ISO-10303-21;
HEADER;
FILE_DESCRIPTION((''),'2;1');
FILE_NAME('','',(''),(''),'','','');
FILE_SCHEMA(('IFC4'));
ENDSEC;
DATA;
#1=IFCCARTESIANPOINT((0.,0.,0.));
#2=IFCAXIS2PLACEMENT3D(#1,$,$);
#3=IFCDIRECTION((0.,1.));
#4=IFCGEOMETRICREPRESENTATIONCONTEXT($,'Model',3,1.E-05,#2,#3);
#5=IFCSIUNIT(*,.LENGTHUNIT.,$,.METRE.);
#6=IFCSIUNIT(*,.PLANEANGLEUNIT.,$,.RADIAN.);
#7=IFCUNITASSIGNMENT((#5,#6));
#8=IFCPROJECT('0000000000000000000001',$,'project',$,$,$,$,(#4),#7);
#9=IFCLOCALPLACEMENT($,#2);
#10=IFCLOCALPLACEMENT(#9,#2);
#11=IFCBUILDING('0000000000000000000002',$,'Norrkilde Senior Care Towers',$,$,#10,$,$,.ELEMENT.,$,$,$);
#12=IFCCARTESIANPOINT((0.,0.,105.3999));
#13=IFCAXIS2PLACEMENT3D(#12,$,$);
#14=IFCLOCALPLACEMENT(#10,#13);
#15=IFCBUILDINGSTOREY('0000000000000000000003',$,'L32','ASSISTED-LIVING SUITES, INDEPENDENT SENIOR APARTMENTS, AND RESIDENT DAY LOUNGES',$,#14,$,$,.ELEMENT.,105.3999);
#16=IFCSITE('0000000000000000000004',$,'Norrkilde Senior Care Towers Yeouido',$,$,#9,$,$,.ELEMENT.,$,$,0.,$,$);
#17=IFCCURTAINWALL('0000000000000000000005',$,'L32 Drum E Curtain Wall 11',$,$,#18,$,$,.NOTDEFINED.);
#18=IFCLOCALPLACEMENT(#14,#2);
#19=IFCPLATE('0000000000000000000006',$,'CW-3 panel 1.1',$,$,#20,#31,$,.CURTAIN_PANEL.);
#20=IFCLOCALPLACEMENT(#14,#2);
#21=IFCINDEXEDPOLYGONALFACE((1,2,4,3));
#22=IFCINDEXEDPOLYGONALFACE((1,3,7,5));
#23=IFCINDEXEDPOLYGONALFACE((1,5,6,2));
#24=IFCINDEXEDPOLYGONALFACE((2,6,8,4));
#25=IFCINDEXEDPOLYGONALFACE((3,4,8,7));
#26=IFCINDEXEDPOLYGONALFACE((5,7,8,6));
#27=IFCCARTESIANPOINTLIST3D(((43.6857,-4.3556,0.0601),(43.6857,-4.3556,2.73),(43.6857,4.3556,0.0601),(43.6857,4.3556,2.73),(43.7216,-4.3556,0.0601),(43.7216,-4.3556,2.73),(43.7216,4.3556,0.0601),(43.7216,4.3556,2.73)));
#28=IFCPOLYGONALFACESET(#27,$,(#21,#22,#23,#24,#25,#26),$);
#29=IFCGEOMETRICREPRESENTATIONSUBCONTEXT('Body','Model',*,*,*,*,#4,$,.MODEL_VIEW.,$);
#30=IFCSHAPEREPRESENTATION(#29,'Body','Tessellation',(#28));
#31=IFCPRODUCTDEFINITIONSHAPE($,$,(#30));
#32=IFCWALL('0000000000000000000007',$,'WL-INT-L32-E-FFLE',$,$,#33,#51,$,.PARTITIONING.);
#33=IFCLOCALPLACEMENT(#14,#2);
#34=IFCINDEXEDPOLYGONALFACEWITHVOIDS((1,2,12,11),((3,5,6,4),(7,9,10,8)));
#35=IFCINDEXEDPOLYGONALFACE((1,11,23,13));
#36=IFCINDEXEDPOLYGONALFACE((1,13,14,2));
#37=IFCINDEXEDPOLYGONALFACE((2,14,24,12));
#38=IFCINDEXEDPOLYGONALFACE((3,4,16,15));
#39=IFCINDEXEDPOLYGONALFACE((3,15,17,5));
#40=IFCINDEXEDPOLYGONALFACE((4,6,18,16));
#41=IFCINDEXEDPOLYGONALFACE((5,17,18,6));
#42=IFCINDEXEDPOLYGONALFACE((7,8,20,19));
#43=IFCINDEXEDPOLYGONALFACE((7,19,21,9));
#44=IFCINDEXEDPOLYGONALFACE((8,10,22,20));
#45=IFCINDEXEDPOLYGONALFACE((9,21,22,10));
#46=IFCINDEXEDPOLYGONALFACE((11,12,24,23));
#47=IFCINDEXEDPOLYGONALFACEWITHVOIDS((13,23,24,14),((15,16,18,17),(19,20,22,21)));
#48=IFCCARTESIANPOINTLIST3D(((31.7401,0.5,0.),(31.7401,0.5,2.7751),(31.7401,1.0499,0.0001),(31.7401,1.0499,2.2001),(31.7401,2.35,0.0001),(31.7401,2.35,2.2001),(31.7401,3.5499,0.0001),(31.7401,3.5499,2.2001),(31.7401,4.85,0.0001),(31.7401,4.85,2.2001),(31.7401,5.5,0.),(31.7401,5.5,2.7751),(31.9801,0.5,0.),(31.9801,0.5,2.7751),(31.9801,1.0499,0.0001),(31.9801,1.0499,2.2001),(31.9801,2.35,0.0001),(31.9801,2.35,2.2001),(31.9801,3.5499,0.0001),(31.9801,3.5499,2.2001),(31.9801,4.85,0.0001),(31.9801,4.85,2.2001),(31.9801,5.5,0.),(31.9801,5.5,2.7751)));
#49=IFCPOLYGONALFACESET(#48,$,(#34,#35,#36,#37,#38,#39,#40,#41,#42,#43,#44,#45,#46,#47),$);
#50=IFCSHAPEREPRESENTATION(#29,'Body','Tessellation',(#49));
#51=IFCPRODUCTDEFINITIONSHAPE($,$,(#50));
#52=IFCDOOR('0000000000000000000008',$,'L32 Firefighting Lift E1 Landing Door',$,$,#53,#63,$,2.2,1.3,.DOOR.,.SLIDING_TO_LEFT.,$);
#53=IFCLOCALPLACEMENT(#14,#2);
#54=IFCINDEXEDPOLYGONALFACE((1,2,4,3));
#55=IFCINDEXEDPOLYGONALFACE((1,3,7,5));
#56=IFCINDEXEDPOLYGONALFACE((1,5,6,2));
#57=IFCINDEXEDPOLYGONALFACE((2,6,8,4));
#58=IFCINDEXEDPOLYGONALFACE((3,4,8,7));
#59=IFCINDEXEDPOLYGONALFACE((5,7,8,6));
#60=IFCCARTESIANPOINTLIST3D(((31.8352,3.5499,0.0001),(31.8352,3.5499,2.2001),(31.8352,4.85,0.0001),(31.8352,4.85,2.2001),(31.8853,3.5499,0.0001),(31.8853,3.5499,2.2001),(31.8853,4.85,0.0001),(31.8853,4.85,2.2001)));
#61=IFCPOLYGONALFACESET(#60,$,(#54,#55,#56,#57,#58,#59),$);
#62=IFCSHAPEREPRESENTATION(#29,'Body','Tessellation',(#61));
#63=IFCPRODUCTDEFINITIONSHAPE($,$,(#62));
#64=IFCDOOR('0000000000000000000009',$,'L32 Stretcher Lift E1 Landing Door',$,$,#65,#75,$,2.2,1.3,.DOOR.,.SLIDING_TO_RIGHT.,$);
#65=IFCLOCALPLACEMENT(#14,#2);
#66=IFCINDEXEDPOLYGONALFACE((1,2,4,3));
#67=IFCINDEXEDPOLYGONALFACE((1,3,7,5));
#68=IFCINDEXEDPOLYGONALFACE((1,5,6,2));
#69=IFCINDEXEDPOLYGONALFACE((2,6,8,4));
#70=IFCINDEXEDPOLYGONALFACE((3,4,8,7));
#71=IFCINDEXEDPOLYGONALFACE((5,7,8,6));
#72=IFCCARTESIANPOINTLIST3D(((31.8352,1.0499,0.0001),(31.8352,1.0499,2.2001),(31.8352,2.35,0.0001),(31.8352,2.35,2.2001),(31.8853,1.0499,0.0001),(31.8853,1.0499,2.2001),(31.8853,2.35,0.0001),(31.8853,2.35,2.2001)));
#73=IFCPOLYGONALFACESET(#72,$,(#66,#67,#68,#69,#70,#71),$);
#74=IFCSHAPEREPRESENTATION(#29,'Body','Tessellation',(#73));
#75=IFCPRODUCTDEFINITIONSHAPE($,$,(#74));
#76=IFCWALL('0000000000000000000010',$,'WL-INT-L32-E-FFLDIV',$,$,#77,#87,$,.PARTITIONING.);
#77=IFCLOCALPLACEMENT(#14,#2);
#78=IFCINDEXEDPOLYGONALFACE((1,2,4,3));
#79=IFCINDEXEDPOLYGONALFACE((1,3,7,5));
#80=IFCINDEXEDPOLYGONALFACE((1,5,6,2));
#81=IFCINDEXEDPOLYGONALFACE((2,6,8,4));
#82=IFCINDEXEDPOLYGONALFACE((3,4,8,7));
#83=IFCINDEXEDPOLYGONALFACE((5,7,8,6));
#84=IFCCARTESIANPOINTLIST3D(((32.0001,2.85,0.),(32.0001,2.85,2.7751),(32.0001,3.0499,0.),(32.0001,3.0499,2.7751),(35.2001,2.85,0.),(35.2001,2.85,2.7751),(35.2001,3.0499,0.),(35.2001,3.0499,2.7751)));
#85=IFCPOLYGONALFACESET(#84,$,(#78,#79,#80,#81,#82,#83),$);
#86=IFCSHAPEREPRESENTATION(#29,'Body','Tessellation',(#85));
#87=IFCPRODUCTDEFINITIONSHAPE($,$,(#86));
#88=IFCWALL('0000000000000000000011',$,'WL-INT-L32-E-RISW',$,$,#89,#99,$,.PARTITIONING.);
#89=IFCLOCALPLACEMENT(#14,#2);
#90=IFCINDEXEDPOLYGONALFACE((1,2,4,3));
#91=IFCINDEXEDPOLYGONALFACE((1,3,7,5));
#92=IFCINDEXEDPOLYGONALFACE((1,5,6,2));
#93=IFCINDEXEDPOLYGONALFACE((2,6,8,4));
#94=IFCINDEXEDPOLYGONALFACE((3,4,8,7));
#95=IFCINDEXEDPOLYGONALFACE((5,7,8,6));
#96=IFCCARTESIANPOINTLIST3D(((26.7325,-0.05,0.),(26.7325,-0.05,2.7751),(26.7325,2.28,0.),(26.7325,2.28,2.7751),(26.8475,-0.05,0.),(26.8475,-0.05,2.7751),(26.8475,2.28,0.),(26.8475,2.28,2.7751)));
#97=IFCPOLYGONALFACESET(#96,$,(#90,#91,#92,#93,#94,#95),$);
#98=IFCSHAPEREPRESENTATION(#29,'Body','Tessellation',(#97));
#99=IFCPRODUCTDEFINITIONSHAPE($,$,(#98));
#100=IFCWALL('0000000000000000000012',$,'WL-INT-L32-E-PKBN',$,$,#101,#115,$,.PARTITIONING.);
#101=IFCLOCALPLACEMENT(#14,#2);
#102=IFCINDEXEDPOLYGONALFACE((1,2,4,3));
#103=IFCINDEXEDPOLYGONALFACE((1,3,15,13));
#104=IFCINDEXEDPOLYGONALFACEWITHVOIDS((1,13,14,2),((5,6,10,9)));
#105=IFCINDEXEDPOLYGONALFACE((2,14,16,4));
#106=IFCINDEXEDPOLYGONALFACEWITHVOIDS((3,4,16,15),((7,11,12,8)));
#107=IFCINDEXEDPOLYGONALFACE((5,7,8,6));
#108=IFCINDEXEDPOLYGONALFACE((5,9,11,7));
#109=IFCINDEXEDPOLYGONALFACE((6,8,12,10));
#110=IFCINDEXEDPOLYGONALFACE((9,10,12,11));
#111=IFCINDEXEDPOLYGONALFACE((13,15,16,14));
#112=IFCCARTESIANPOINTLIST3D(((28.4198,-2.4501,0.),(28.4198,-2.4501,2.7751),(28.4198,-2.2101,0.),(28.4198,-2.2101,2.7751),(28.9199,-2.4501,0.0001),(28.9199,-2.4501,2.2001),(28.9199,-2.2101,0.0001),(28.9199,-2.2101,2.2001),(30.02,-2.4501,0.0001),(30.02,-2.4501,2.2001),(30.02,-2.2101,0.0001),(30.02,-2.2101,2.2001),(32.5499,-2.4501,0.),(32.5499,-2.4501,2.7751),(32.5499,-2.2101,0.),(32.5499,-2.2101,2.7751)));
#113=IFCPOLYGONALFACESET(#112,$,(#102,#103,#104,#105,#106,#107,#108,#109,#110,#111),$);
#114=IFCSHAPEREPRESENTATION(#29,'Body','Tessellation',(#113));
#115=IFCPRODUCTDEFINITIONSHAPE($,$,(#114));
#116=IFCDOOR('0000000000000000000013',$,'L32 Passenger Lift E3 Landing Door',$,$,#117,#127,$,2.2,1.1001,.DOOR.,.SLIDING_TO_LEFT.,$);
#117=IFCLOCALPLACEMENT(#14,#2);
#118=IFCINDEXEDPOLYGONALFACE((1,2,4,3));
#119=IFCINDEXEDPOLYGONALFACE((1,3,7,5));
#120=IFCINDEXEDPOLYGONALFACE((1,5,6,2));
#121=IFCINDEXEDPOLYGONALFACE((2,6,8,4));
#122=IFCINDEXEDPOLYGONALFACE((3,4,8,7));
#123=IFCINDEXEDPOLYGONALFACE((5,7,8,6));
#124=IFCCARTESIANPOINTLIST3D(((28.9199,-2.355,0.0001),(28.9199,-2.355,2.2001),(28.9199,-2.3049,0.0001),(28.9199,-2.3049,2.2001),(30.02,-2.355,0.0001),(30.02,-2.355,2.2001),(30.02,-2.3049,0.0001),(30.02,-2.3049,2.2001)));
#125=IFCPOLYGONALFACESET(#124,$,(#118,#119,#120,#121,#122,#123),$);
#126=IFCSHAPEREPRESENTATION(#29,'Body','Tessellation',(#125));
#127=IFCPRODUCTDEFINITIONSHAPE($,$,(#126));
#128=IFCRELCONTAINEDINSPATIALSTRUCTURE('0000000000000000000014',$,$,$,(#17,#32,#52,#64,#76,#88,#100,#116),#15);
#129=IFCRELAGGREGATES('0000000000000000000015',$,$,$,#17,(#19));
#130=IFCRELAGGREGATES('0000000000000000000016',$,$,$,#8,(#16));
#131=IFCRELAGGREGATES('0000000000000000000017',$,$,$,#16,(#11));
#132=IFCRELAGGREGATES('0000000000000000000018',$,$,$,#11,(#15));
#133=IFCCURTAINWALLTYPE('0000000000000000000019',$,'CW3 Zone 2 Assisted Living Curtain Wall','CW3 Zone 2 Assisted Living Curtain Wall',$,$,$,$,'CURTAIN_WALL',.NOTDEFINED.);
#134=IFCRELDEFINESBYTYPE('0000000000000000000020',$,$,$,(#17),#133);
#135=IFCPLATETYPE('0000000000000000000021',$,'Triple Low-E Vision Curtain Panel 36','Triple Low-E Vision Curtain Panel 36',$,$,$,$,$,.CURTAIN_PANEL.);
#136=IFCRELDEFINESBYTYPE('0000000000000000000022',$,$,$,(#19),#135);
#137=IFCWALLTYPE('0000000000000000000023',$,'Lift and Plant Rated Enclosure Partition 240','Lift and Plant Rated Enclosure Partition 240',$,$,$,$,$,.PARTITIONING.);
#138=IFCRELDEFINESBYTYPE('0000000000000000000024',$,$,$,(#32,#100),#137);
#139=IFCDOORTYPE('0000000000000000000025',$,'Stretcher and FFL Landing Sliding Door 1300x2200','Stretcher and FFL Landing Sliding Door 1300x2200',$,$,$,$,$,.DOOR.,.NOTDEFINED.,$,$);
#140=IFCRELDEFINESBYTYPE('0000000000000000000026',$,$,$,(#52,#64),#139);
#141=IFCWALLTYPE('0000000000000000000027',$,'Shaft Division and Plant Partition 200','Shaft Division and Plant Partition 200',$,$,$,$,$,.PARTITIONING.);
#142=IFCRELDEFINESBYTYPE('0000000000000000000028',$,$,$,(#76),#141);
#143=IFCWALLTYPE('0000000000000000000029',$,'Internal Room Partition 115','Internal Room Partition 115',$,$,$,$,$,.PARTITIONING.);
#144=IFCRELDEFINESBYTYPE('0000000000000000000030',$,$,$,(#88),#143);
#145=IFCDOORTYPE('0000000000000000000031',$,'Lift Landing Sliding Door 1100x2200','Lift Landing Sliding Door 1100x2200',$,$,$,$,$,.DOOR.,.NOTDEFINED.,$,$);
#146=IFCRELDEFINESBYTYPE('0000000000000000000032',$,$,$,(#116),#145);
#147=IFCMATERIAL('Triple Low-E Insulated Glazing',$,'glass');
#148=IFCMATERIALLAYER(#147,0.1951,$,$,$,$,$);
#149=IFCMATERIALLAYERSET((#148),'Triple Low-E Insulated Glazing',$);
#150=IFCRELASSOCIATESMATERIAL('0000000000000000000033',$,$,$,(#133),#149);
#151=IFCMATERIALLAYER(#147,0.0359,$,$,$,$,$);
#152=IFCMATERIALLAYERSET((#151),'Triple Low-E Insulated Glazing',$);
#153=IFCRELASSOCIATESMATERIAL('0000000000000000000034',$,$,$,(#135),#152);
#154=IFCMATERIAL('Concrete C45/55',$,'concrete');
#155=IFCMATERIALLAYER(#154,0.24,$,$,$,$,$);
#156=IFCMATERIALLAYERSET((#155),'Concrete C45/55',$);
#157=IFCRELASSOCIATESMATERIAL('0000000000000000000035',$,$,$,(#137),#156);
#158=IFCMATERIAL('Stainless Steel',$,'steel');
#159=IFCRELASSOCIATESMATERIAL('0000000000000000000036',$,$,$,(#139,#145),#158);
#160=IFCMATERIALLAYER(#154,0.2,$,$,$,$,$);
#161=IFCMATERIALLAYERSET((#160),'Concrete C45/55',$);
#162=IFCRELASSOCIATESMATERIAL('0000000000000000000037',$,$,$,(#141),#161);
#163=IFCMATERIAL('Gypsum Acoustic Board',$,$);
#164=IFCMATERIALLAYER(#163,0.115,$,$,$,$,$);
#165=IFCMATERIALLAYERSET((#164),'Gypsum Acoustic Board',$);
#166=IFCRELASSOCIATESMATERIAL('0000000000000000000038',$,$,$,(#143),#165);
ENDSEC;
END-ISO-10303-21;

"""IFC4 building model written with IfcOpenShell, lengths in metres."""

from ifc_helpers import new_model, si_unit, direction, frame, frame_2d, origin, origin_2d, place, context, subcontext, project, spatial, rectangle, extrude, source, transform, mapped, material, layer, layer_set, type_object, type_shapes, element, fill, aggregate, save


model = new_model("IFC4")

# Units and contexts
model_context = context("Model", 3, precision=1e-05, world=origin(), true_north=direction((0.0, 1.0)))
body_context = subcontext(model_context, "Body", "Model", "MODEL_VIEW")
ifc_project = project(units=[si_unit("LENGTHUNIT", "METRE"), si_unit("PLANEANGLEUNIT", "RADIAN")], contexts=[model_context])

# Site, building, storey
site_placement = place(None, origin())
site = spatial("IfcSite", under=ifc_project, at=site_placement, Name="Norrkilde Senior Care Towers Yeouido", CompositionType="ELEMENT", RefElevation=0.0)
building_placement = place(site_placement, origin())
building = spatial("IfcBuilding", under=site, at=building_placement, Name="Norrkilde Senior Care Towers", CompositionType="ELEMENT")
storey_placement = place(building_placement, frame((0.0, 0.0, 105.3999)))
storey = spatial("IfcBuildingStorey", under=building, at=storey_placement, Name="L32", Description="ASSISTED-LIVING SUITES, INDEPENDENT SENIOR APARTMENTS, AND RESIDENT DAY LOUNGES", CompositionType="ELEMENT", Elevation=105.3999)

# Curtain wall, plate
ifc_material_1 = material(Name="Triple Low-E Insulated Glazing", Category="glass")
ifc_layer_1 = layer(ifc_material_1, 0.1951)
ifc_layer_set_1 = layer_set([ifc_layer_1], Name="Triple Low-E Insulated Glazing")
curtain_wall_type = type_object("IfcCurtainWallType", Name="CW3 Zone 2 Assisted Living Curtain Wall", Description="CW3 Zone 2 Assisted Living Curtain Wall", ElementType="CURTAIN_WALL", PredefinedType="NOTDEFINED", material=ifc_layer_set_1)
curtain_wall_placement = place(storey_placement, origin())
curtain_wall = element("IfcCurtainWall", 1, at=curtain_wall_placement, inside=storey, type_object=curtain_wall_type, Name="L32 Drum E Curtain Wall 11", PredefinedType="NOTDEFINED")
ifc_layer_2 = layer(ifc_material_1, 0.0359)
ifc_layer_set_2 = layer_set([ifc_layer_2], Name="Triple Low-E Insulated Glazing")
plate_type = type_object("IfcPlateType", Name="Triple Low-E Vision Curtain Panel 36", Description="Triple Low-E Vision Curtain Panel 36", PredefinedType="CURTAIN_PANEL", material=ifc_layer_set_2)
shared_shape_1 = source(origin(), body_context, "Body", "SweptSolid", [
    extrude(rectangle(XDim=8.7112, YDim=0.0359, at=origin_2d()), origin(), (0.0, 0.0, 1.0), 2.6699),
])
type_shapes(plate_type, [shared_shape_1])
plate_placement = place(storey_placement, frame((43.7036, 0.0, 0.0601), z_axis=(0.0, 0.0, 1.0), x_axis=(0.0, -1.0, 0.0)))
plate = element("IfcPlate", 2, at=plate_placement, type_object=plate_type, Name="CW-3 panel 1.1", PredefinedType="CURTAIN_PANEL", context=body_context, shape_type="MappedRepresentation", body=[
    mapped(shared_shape_1, transform((0.0, 0.0, 0.0), x_axis=(1.0, 0.0, 0.0), y_axis=(0.0, 1.0, 0.0), z_axis=(0.0, 0.0, 1.0), scale=1.0)),
])
aggregate(curtain_wall, [plate])

# Wall, openings, doors
ifc_material_2 = material(Name="Concrete C45/55", Category="concrete")
ifc_layer_3 = layer(ifc_material_2, 0.24)
ifc_layer_set_3 = layer_set([ifc_layer_3], Name="Concrete C45/55")
wall_type_1 = type_object("IfcWallType", Name="Lift and Plant Rated Enclosure Partition 240", Description="Lift and Plant Rated Enclosure Partition 240", PredefinedType="PARTITIONING", material=ifc_layer_set_3)
shared_shape_2 = source(origin(), body_context, "Body", "SweptSolid", [
    extrude(rectangle(XDim=5.0, YDim=0.24, at=frame_2d((2.5, 0.0))), origin(), (0.0, 0.0, 1.0), 2.7751),
])
wall_1_placement = place(storey_placement, frame((31.8601, 0.5, 0.0), z_axis=(0.0, 0.0, 1.0), x_axis=(0.0, 1.0, 0.0)))
wall_1 = element("IfcWall", 3, at=wall_1_placement, inside=storey, type_object=wall_type_1, Name="WL-INT-L32-E-FFLE", PredefinedType="PARTITIONING", context=body_context, shape_type="MappedRepresentation", body=[
    mapped(shared_shape_2, transform((0.0, 0.0, 0.0), x_axis=(1.0, 0.0, 0.0), y_axis=(0.0, 1.0, 0.0), z_axis=(0.0, 0.0, 1.0), scale=1.0)),
])
opening_1_placement = place(wall_1_placement, frame((3.05, 0.0, 0.0)))
opening_1 = element("IfcOpeningElement", 4, at=opening_1_placement, cuts=wall_1, PredefinedType="OPENING", context=body_context, shape_type="SweptSolid", body=[
    extrude(rectangle(XDim=1.3, YDim=2.2, at=frame_2d((0.6499, 1.1001))), frame((0.0, 0.1299, 0.0), z_axis=(0.0, -1.0, 0.0), x_axis=(1.0, 0.0, 0.0)), (0.0, 0.0, 1.0), 0.26),
])
opening_2_placement = place(wall_1_placement, frame((0.55, 0.0, 0.0)))
opening_2 = element("IfcOpeningElement", 5, at=opening_2_placement, cuts=wall_1, PredefinedType="OPENING", context=body_context, shape_type="SweptSolid", body=[
    extrude(rectangle(XDim=1.3, YDim=2.2, at=frame_2d((0.6499, 1.1001))), frame((0.0, 0.1299, 0.0), z_axis=(0.0, -1.0, 0.0), x_axis=(1.0, 0.0, 0.0)), (0.0, 0.0, 1.0), 0.26),
])
ifc_material_3 = material(Name="Stainless Steel", Category="steel")
door_type_1 = type_object("IfcDoorType", Name="Stretcher and FFL Landing Sliding Door 1300x2200", Description="Stretcher and FFL Landing Sliding Door 1300x2200", OperationType="NOTDEFINED", PredefinedType="DOOR", material=ifc_material_3)
shared_shape_3 = source(origin(), body_context, "Body", "SweptSolid", [
    extrude(rectangle(XDim=1.3, YDim=2.2, at=frame_2d((0.6499, 1.1001))), frame((0.0, 0.0249, 0.0), z_axis=(0.0, -1.0, 0.0), x_axis=(1.0, 0.0, 0.0)), (0.0, 0.0, 1.0), 0.05),
])
type_shapes(door_type_1, [shared_shape_3])
door_1_placement = place(opening_1_placement, origin())
door_1 = element("IfcDoor", 6, at=door_1_placement, inside=storey, type_object=door_type_1, Name="L32 Firefighting Lift E1 Landing Door", OperationType="SLIDING_TO_LEFT", OverallHeight=2.2, OverallWidth=1.3, PredefinedType="DOOR", context=body_context, shape_type="MappedRepresentation", body=[
    mapped(shared_shape_3, transform((0.0, 0.0, 0.0), x_axis=(1.0, 0.0, 0.0), y_axis=(0.0, 1.0, 0.0), z_axis=(0.0, 0.0, 1.0), scale=1.0)),
])
fill(opening_1, door_1)
door_2_placement = place(opening_2_placement, origin())
door_2 = element("IfcDoor", 7, at=door_2_placement, inside=storey, type_object=door_type_1, Name="L32 Stretcher Lift E1 Landing Door", OperationType="SLIDING_TO_RIGHT", OverallHeight=2.2, OverallWidth=1.3, PredefinedType="DOOR", context=body_context, shape_type="MappedRepresentation", body=[
    mapped(shared_shape_3, transform((0.0, 0.0, 0.0), x_axis=(1.0, 0.0, 0.0), y_axis=(0.0, 1.0, 0.0), z_axis=(0.0, 0.0, 1.0), scale=1.0)),
])
fill(opening_2, door_2)

# Wall
ifc_layer_4 = layer(ifc_material_2, 0.2)
ifc_layer_set_4 = layer_set([ifc_layer_4], Name="Concrete C45/55")
wall_type_2 = type_object("IfcWallType", Name="Shaft Division and Plant Partition 200", Description="Shaft Division and Plant Partition 200", PredefinedType="PARTITIONING", material=ifc_layer_set_4)
shared_shape_4 = source(origin(), body_context, "Body", "SweptSolid", [
    extrude(rectangle(XDim=3.2, YDim=0.2, at=frame_2d((1.6001, 0.0))), origin(), (0.0, 0.0, 1.0), 2.7751),
])
type_shapes(wall_type_2, [shared_shape_4])
wall_2_placement = place(storey_placement, frame((32.0, 2.95, 0.0), z_axis=(0.0, 0.0, 1.0), x_axis=(1.0, 0.0, 0.0)))
element("IfcWall", 8, at=wall_2_placement, inside=storey, type_object=wall_type_2, Name="WL-INT-L32-E-FFLDIV", PredefinedType="PARTITIONING", context=body_context, shape_type="MappedRepresentation", body=[
    mapped(shared_shape_4, transform((0.0, 0.0, 0.0), x_axis=(1.0, 0.0, 0.0), y_axis=(0.0, 1.0, 0.0), z_axis=(0.0, 0.0, 1.0), scale=1.0)),
])

# Wall
ifc_material_4 = material(Name="Gypsum Acoustic Board")
ifc_layer_5 = layer(ifc_material_4, 0.115)
ifc_layer_set_5 = layer_set([ifc_layer_5], Name="Gypsum Acoustic Board")
wall_type_3 = type_object("IfcWallType", Name="Internal Room Partition 115", Description="Internal Room Partition 115", PredefinedType="PARTITIONING", material=ifc_layer_set_5)
shared_shape_5 = source(origin(), body_context, "Body", "SweptSolid", [
    extrude(rectangle(XDim=2.3301, YDim=0.115, at=frame_2d((1.165, 0.0))), origin(), (0.0, 0.0, 1.0), 2.7751),
])
wall_3_placement = place(storey_placement, frame((26.79, -0.05, 0.0), z_axis=(0.0, 0.0, 1.0), x_axis=(0.0, 1.0, 0.0)))
element("IfcWall", 9, at=wall_3_placement, inside=storey, type_object=wall_type_3, Name="WL-INT-L32-E-RISW", PredefinedType="PARTITIONING", context=body_context, shape_type="MappedRepresentation", body=[
    mapped(shared_shape_5, transform((0.0, 0.0, 0.0), x_axis=(1.0, 0.0, 0.0), y_axis=(0.0, 1.0, 0.0), z_axis=(0.0, 0.0, 1.0), scale=1.0)),
])

# Wall, opening, door
shared_shape_6 = source(origin(), body_context, "Body", "SweptSolid", [
    extrude(rectangle(XDim=4.1301, YDim=0.24, at=frame_2d((2.0649, 0.0))), origin(), (0.0, 0.0, 1.0), 2.7751),
])
type_shapes(wall_type_1, [shared_shape_2, shared_shape_6])
wall_4_placement = place(storey_placement, frame((28.4199, -2.3301, 0.0), z_axis=(0.0, 0.0, 1.0), x_axis=(1.0, 0.0, 0.0)))
wall_4 = element("IfcWall", 10, at=wall_4_placement, inside=storey, type_object=wall_type_1, Name="WL-INT-L32-E-PKBN", PredefinedType="PARTITIONING", context=body_context, shape_type="MappedRepresentation", body=[
    mapped(shared_shape_6, transform((0.0, 0.0, 0.0), x_axis=(1.0, 0.0, 0.0), y_axis=(0.0, 1.0, 0.0), z_axis=(0.0, 0.0, 1.0), scale=1.0)),
])
opening_3_placement = place(wall_4_placement, frame((0.5, 0.0, 0.0)))
opening_3 = element("IfcOpeningElement", 11, at=opening_3_placement, cuts=wall_4, PredefinedType="OPENING", context=body_context, shape_type="SweptSolid", body=[
    extrude(rectangle(XDim=1.1001, YDim=2.2, at=frame_2d((0.55, 1.1001))), frame((0.0, 0.1299, 0.0), z_axis=(0.0, -1.0, 0.0), x_axis=(1.0, 0.0, 0.0)), (0.0, 0.0, 1.0), 0.26),
])
door_type_2 = type_object("IfcDoorType", Name="Lift Landing Sliding Door 1100x2200", Description="Lift Landing Sliding Door 1100x2200", OperationType="NOTDEFINED", PredefinedType="DOOR", material=ifc_material_3)
shared_shape_7 = source(origin(), body_context, "Body", "SweptSolid", [
    extrude(rectangle(XDim=1.1001, YDim=2.2, at=frame_2d((0.55, 1.1001))), frame((0.0, 0.0249, 0.0), z_axis=(0.0, -1.0, 0.0), x_axis=(1.0, 0.0, 0.0)), (0.0, 0.0, 1.0), 0.05),
])
type_shapes(door_type_2, [shared_shape_7])
door_3_placement = place(opening_3_placement, frame((1.1001, 0.0, 0.0), z_axis=(0.0, 0.0, 1.0), x_axis=(-1.0, 0.0, 0.0)))
door_3 = element("IfcDoor", 12, at=door_3_placement, inside=storey, type_object=door_type_2, Name="L32 Passenger Lift E3 Landing Door", OperationType="SLIDING_TO_LEFT", OverallHeight=2.2, OverallWidth=1.1001, PredefinedType="DOOR", context=body_context, shape_type="MappedRepresentation", body=[
    mapped(shared_shape_7, transform((0.0, 0.0, 0.0), x_axis=(1.0, 0.0, 0.0), y_axis=(0.0, 1.0, 0.0), z_axis=(0.0, 0.0, 1.0), scale=1.0)),
])
fill(opening_3, door_3)

save(model, "model.ifc")
